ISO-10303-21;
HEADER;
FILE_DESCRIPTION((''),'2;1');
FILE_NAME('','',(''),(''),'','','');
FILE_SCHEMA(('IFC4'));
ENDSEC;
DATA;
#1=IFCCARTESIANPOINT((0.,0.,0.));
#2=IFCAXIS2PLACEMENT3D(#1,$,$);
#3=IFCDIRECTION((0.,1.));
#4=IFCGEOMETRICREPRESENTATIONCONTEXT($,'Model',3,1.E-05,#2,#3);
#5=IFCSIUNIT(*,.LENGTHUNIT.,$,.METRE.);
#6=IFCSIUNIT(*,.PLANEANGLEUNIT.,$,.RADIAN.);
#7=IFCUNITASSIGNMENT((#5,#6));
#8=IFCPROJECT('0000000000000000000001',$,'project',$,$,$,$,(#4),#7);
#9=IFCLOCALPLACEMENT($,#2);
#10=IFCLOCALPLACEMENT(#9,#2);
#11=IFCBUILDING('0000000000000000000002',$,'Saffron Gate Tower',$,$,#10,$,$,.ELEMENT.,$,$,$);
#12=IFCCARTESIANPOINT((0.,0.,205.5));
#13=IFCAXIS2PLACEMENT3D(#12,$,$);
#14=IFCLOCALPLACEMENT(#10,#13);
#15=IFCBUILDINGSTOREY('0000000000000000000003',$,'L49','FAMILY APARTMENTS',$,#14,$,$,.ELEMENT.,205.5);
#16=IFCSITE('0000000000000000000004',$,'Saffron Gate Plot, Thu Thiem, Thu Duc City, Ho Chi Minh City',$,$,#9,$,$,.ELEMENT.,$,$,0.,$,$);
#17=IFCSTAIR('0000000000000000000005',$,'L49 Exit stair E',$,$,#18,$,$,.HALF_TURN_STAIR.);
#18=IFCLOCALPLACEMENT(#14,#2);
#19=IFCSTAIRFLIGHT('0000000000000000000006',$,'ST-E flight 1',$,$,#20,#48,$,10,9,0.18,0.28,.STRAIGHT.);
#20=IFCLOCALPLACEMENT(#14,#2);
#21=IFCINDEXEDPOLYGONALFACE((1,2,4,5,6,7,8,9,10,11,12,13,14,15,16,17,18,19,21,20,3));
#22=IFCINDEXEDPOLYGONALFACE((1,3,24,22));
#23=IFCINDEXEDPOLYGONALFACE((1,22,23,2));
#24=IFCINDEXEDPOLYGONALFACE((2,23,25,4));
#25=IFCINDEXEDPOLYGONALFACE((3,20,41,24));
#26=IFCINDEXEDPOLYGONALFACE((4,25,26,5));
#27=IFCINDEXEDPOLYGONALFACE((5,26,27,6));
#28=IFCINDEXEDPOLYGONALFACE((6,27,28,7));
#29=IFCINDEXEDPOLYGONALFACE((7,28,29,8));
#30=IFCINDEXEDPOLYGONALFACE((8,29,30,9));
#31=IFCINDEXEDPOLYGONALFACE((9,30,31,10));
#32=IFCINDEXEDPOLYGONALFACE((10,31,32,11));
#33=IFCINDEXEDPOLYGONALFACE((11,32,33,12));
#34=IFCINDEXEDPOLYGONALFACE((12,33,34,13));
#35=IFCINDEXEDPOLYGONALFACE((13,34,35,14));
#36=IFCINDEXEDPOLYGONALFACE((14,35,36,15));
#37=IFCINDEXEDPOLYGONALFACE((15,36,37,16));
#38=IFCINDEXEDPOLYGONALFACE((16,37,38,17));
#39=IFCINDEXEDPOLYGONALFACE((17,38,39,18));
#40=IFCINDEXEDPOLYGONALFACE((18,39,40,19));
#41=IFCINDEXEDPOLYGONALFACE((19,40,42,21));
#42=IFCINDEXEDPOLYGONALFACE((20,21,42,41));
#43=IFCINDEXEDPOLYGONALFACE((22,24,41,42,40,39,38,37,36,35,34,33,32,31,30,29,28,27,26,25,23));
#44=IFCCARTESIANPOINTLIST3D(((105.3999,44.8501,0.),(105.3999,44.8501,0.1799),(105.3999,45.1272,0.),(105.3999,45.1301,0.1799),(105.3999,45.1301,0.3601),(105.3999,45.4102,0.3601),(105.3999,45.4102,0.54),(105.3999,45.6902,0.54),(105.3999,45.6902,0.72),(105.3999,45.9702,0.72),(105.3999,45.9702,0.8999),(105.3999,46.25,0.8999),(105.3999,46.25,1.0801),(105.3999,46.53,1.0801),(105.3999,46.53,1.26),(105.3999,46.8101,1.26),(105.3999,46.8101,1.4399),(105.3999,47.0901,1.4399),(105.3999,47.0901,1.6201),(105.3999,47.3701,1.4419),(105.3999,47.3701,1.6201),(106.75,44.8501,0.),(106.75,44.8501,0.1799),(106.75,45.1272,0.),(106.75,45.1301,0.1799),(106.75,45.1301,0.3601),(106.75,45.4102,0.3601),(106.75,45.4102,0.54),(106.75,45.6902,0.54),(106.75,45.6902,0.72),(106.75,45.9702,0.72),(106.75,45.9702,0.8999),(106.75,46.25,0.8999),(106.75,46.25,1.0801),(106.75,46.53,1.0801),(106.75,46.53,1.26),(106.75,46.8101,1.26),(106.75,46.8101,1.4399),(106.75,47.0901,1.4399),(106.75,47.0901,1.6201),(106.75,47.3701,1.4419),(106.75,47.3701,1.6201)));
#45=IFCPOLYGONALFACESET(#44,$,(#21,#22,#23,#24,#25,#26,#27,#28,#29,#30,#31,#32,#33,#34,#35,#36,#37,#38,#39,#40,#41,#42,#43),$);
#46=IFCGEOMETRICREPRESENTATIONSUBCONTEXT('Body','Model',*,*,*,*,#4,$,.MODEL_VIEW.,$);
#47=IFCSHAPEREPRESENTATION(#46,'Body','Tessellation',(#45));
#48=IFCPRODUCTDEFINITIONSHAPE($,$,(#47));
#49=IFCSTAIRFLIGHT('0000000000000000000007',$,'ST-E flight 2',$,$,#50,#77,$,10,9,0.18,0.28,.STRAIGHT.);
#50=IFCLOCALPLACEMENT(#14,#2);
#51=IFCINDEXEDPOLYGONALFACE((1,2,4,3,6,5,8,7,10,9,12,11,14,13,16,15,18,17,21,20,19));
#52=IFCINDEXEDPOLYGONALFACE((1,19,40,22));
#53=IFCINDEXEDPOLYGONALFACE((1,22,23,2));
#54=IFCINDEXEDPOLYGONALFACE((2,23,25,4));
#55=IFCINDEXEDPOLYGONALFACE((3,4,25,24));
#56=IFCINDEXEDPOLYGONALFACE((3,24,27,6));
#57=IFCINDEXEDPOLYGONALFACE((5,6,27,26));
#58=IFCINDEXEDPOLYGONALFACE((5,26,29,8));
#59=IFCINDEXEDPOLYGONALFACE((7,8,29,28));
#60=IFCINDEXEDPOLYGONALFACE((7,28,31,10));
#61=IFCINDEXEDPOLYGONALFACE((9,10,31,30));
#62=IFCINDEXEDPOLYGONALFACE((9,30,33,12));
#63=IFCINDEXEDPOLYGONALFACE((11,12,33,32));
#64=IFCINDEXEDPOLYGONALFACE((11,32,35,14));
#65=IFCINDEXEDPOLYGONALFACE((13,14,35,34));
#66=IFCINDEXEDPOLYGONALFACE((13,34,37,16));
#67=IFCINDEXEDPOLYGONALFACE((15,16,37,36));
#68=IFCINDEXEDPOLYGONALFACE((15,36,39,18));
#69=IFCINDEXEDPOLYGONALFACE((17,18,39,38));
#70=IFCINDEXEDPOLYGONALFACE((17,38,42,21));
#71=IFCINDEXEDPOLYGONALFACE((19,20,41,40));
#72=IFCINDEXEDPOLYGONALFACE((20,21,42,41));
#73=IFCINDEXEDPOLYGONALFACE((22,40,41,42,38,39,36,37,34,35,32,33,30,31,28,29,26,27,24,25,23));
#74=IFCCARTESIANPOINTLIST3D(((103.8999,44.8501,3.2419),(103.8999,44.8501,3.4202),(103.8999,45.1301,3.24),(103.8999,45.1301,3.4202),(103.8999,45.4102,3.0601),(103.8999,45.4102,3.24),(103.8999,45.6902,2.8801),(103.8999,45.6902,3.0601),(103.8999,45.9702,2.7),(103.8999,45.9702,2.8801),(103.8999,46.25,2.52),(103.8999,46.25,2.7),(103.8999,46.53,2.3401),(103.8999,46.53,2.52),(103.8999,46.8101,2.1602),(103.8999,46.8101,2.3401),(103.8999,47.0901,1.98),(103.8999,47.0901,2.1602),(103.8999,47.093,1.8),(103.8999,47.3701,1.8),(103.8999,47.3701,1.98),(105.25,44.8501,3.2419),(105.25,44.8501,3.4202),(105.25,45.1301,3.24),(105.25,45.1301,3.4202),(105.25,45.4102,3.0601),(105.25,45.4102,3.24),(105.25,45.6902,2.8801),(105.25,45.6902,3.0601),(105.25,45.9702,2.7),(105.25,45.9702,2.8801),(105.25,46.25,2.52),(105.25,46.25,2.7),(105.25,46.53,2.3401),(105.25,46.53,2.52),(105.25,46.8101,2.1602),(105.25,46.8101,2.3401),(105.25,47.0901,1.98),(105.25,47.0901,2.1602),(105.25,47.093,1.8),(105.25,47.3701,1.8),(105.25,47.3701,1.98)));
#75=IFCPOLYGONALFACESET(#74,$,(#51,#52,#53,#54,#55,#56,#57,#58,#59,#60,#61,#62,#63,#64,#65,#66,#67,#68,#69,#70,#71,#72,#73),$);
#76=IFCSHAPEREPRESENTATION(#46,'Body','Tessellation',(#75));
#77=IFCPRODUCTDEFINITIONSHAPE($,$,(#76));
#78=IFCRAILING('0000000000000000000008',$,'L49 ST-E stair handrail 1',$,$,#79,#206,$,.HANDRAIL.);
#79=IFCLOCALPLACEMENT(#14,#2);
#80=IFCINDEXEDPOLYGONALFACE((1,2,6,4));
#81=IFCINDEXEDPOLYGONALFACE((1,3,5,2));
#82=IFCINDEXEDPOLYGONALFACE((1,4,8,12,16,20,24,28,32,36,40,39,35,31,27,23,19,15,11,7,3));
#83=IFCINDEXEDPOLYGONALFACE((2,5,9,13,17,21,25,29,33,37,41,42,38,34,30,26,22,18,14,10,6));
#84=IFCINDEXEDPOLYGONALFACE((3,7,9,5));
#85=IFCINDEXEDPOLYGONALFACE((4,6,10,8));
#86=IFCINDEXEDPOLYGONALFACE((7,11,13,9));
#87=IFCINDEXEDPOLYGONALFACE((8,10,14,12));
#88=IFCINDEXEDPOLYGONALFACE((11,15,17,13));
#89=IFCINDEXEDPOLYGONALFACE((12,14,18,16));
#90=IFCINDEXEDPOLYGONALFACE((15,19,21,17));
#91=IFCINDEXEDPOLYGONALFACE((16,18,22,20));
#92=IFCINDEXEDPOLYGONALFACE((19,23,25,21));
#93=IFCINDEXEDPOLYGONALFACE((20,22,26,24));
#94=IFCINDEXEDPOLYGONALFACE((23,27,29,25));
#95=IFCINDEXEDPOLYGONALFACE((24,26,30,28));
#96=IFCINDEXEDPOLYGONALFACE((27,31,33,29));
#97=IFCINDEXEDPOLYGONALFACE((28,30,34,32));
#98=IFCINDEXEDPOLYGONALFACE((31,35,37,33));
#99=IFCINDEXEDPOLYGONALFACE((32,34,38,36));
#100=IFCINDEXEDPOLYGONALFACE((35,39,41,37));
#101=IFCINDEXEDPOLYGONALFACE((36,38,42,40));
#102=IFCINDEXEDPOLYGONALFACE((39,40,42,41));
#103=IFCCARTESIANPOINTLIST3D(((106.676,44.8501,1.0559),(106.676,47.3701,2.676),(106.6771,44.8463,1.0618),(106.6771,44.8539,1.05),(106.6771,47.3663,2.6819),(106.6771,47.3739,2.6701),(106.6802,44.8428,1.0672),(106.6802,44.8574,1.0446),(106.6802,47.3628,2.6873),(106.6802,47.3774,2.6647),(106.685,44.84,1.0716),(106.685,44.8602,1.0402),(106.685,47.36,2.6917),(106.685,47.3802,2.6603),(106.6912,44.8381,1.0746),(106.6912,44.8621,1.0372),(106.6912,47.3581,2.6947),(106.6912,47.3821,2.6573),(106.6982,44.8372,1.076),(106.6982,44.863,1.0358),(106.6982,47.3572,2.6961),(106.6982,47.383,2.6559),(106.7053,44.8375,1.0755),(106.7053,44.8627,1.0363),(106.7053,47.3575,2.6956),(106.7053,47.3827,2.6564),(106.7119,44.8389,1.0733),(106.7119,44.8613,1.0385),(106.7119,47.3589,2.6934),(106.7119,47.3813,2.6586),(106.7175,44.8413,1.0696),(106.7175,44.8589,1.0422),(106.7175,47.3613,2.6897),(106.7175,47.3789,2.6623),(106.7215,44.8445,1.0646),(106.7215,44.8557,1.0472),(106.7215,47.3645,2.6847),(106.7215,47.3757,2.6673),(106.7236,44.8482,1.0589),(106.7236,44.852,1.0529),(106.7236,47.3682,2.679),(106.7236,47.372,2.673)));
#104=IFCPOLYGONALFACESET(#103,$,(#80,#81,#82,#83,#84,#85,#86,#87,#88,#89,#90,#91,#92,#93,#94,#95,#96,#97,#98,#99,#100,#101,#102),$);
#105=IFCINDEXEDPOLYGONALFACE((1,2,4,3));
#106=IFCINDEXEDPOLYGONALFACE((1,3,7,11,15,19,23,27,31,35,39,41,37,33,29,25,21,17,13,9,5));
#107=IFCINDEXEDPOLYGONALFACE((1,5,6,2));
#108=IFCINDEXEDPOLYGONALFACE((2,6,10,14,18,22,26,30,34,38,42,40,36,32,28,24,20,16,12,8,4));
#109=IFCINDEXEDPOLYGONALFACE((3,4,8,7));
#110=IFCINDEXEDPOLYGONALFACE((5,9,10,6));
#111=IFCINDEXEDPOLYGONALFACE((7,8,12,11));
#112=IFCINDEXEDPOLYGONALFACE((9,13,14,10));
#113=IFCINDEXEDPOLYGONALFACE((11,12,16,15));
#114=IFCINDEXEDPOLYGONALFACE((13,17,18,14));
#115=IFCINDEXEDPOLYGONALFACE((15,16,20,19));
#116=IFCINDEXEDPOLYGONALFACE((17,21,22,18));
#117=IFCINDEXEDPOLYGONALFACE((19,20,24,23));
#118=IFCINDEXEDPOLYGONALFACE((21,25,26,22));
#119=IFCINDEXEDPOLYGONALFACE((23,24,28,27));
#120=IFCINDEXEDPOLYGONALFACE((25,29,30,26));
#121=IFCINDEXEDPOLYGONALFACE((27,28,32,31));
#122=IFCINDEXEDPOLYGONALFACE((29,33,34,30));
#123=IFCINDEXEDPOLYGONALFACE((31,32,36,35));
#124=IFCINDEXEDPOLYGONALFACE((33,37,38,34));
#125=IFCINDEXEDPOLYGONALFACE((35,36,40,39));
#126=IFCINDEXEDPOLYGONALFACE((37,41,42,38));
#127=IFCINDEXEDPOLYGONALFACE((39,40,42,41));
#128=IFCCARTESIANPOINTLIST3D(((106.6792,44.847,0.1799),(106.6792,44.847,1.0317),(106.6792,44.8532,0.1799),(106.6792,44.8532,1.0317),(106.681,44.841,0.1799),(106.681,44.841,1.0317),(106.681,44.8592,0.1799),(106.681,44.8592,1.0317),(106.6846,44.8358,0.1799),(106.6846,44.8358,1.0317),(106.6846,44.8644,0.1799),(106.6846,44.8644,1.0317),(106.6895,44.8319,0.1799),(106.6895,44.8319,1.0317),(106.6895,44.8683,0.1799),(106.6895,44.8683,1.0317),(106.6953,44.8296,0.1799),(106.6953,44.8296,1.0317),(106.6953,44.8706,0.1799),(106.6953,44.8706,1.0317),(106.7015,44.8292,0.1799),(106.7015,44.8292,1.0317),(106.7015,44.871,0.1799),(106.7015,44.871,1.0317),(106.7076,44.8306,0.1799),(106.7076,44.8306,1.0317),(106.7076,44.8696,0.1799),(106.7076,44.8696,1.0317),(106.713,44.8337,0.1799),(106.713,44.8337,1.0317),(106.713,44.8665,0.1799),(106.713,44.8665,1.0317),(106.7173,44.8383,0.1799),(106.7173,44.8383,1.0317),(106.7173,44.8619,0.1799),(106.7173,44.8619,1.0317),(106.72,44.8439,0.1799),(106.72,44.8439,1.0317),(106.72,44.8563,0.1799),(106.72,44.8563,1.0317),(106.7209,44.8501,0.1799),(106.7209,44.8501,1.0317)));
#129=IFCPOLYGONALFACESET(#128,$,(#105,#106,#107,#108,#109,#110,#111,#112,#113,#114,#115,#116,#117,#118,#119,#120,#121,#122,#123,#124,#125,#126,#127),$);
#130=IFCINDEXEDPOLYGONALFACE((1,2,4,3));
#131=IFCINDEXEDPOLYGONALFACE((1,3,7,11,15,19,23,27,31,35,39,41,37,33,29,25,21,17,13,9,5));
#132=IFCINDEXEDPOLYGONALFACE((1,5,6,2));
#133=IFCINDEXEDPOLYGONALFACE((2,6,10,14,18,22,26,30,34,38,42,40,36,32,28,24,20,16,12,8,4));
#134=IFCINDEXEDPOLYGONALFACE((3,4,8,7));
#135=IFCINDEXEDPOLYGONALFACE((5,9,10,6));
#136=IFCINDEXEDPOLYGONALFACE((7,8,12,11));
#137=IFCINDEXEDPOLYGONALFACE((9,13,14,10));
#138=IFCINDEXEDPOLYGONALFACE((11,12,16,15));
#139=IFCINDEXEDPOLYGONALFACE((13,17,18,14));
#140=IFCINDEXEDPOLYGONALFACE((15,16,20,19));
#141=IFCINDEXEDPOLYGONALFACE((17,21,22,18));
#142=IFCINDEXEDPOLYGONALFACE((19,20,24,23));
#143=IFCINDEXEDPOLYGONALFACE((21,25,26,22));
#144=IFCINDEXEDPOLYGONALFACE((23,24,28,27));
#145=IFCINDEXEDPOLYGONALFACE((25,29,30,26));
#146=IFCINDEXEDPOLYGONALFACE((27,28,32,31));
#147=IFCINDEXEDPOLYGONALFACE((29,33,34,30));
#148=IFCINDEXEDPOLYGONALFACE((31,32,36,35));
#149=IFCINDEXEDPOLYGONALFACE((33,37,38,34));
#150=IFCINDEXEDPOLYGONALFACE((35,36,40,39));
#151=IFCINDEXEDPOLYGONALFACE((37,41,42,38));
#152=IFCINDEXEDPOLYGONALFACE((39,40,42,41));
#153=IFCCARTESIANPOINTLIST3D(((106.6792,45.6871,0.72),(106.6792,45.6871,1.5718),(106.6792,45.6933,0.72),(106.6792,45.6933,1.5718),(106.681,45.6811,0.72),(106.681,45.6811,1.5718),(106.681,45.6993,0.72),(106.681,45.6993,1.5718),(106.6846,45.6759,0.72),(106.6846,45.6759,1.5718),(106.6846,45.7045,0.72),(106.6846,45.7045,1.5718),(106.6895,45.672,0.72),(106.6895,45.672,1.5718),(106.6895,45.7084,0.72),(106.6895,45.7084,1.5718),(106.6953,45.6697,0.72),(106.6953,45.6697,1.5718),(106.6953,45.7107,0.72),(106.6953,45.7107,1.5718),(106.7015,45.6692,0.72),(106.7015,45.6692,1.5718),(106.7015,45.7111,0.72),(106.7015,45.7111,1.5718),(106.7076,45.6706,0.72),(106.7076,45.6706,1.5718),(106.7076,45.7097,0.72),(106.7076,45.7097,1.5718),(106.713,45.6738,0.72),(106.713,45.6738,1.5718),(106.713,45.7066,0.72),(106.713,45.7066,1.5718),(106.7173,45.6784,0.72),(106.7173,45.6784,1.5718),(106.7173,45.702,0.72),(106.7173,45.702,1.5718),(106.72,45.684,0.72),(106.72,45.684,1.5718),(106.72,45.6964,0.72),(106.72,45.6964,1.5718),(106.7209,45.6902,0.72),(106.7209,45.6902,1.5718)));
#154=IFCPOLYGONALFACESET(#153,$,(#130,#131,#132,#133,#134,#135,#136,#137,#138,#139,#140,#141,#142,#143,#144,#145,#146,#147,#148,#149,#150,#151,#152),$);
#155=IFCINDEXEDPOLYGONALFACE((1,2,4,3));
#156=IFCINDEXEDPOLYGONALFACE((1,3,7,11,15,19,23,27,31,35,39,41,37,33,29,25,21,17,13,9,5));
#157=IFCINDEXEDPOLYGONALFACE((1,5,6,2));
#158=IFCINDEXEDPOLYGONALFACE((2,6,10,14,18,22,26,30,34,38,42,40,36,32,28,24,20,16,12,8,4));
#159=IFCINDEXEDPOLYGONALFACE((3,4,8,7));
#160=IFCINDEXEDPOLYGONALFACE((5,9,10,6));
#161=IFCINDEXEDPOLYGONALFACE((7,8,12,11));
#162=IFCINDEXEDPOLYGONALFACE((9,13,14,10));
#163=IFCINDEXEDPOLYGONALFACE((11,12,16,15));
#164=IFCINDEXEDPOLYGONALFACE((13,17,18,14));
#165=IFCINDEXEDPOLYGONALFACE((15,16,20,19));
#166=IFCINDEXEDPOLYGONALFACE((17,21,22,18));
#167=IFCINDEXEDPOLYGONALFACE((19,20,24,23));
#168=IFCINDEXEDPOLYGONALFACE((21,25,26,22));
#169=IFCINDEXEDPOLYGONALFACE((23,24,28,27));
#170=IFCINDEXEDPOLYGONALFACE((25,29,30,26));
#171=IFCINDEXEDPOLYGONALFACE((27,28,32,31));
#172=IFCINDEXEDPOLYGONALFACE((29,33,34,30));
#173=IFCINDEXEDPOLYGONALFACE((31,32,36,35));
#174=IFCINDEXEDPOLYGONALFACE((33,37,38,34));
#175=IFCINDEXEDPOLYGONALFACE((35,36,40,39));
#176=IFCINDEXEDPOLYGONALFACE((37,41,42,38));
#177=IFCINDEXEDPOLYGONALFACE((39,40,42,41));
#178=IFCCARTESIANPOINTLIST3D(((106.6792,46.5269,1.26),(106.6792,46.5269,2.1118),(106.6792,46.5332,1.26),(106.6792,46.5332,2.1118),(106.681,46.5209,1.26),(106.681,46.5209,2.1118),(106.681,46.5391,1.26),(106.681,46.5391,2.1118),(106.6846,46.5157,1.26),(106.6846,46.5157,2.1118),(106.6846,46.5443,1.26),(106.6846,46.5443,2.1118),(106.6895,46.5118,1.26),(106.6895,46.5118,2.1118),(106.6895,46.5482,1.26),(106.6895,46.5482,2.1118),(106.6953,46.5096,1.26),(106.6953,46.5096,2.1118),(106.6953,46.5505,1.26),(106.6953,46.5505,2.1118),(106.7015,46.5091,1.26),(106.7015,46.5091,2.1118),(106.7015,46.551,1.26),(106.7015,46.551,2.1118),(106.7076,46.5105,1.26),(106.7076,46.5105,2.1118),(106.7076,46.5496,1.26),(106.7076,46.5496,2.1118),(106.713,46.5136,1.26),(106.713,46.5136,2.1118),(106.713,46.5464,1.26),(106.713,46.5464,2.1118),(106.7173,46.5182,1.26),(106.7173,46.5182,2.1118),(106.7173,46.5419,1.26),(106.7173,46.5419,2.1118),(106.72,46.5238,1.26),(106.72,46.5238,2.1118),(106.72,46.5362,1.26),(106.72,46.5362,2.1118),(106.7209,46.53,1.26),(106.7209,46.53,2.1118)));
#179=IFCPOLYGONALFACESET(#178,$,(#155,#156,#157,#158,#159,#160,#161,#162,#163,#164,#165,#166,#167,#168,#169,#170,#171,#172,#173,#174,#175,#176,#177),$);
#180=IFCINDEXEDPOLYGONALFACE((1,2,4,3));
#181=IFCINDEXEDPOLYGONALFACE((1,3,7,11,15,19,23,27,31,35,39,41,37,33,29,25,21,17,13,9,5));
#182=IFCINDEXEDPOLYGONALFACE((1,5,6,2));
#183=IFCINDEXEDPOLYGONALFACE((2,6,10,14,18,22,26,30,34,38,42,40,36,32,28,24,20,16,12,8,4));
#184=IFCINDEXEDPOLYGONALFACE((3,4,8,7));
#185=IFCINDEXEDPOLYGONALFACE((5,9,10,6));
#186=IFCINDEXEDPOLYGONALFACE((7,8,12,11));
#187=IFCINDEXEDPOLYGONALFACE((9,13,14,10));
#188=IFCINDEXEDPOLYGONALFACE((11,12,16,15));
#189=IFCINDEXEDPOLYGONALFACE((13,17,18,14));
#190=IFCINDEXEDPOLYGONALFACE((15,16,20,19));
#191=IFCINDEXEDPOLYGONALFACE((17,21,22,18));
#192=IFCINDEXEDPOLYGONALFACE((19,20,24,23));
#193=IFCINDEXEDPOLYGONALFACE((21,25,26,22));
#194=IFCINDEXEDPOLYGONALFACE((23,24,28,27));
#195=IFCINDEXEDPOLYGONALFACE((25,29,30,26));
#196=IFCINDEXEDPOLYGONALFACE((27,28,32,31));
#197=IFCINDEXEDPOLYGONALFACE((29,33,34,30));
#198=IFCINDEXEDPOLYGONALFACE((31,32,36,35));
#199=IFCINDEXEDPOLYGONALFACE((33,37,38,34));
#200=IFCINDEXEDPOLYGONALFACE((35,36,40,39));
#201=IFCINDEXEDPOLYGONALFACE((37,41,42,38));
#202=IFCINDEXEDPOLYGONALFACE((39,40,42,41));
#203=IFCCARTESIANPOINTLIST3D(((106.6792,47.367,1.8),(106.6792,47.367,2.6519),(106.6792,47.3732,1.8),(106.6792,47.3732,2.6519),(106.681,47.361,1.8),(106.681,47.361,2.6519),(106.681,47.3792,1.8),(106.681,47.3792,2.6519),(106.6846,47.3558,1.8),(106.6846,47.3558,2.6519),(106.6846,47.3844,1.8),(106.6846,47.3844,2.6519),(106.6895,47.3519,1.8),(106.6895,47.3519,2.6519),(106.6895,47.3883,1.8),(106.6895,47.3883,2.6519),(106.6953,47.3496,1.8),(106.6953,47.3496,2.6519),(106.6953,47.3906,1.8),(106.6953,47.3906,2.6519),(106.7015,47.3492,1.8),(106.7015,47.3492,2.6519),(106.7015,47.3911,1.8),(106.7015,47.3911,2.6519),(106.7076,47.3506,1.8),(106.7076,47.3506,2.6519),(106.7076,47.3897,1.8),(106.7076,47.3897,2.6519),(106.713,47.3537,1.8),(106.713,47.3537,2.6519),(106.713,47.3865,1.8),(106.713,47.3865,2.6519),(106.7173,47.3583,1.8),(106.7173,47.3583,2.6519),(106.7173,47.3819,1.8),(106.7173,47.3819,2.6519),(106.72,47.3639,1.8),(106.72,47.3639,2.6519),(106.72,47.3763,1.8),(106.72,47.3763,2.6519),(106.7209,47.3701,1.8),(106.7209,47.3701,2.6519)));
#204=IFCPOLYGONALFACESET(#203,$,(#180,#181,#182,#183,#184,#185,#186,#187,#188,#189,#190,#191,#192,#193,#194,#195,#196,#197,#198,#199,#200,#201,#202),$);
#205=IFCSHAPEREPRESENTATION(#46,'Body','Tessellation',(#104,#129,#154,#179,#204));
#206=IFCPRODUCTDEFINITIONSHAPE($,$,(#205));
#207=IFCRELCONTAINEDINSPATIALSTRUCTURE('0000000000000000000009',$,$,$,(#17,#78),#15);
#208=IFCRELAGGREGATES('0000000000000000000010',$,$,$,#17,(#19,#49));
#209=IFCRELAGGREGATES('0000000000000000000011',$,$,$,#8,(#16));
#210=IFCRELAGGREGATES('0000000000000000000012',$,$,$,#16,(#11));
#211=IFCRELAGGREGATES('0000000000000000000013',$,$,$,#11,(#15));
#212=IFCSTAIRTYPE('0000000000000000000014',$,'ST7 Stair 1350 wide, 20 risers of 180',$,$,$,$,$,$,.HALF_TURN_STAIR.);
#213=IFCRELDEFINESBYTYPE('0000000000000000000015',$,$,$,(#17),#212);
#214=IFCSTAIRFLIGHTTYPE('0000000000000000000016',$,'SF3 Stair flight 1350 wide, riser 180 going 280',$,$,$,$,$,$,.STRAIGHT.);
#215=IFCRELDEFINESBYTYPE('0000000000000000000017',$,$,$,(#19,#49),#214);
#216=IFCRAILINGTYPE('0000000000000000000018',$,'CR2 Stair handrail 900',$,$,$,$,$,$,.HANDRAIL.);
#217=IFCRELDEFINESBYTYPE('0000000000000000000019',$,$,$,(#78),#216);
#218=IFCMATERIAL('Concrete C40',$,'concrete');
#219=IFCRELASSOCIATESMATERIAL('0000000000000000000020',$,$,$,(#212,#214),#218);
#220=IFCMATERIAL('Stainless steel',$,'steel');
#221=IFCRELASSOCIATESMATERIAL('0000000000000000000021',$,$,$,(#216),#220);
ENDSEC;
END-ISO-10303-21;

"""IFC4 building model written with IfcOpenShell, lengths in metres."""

from ifc_helpers import new_model, si_unit, direction, frame, origin, origin_2d, place, context, subcontext, project, spatial, polyline, circle, outline, extrude, material, type_object, element, aggregate, save


model = new_model("IFC4")

# Units and contexts
model_context = context("Model", 3, precision=1e-05, world=origin(), true_north=direction((0.0, 1.0)))
body_context = subcontext(model_context, "Body", "Model", "MODEL_VIEW")
ifc_project = project(units=[si_unit("LENGTHUNIT", "METRE"), si_unit("PLANEANGLEUNIT", "RADIAN")], contexts=[model_context])

# Site, building, storey
site_placement = place(None, origin())
site = spatial("IfcSite", under=ifc_project, at=site_placement, Name="Saffron Gate Plot, Thu Thiem, Thu Duc City, Ho Chi Minh City", CompositionType="ELEMENT", RefElevation=0.0)
building_placement = place(site_placement, origin())
building = spatial("IfcBuilding", under=site, at=building_placement, Name="Saffron Gate Tower", CompositionType="ELEMENT")
storey_placement = place(building_placement, frame((0.0, 0.0, 205.5)))
storey = spatial("IfcBuildingStorey", under=building, at=storey_placement, Name="L49", Description="FAMILY APARTMENTS", CompositionType="ELEMENT", Elevation=205.5)

# Stair, stair flights
ifc_material_1 = material(Name="Concrete C40", Category="concrete")
stair_type = type_object("IfcStairType", Name="ST7 Stair 1350 wide, 20 risers of 180", PredefinedType="HALF_TURN_STAIR", material=ifc_material_1)
stair_placement = place(storey_placement, origin())
stair = element("IfcStair", 1, at=stair_placement, inside=storey, type_object=stair_type, Name="L49 Exit stair E", PredefinedType="HALF_TURN_STAIR")
stair_flight_type = type_object("IfcStairFlightType", Name="SF3 Stair flight 1350 wide, riser 180 going 280", PredefinedType="STRAIGHT", material=ifc_material_1)
stair_flight_1_placement = place(storey_placement, frame((106.075, 44.8501, 0.0), z_axis=(0.0, 0.0, 1.0), x_axis=(0.0, 1.0, 0.0)))
stair_flight_1 = element("IfcStairFlight", 2, at=stair_flight_1_placement, type_object=stair_flight_type, Name="ST-E flight 1", NumberOfRisers=10, NumberOfTreads=9, PredefinedType="STRAIGHT", RiserHeight=0.18, TreadLength=0.28, context=body_context, shape_type="SweptSolid", body=[
    extrude(outline(polyline([(0.0, 0.0), (0.0, 0.1799), (0.28, 0.1799), (0.28, 0.3601), (0.5601, 0.3601), (0.5601, 0.54), (0.8401, 0.54), (0.8401, 0.72), (1.1201, 0.72), (1.1201, 0.8999), (1.3999, 0.8999), (1.3999, 1.0801), (1.6799, 1.0801), (1.6799, 1.26), (1.96, 1.26), (1.96, 1.4399), (2.24, 1.4399), (2.24, 1.6201), (2.52, 1.6201), (2.52, 1.8), (2.52, 1.4419), (0.2771, 0.0), (0.0, 0.0)])), frame((0.0, 0.675, 0.0), z_axis=(0.0, -1.0, 0.0), x_axis=(1.0, 0.0, 0.0)), (0.0, 0.0, 1.0), 1.3501),
])
stair_flight_2_placement = place(storey_placement, frame((104.575, 47.3701, 1.8), z_axis=(0.0, 0.0, 1.0), x_axis=(0.0, -1.0, 0.0)))
stair_flight_2 = element("IfcStairFlight", 3, at=stair_flight_2_placement, type_object=stair_flight_type, Name="ST-E flight 2", NumberOfRisers=10, NumberOfTreads=9, PredefinedType="STRAIGHT", RiserHeight=0.18, TreadLength=0.28, context=body_context, shape_type="SweptSolid", body=[
    extrude(outline(polyline([(0.0, 0.0), (0.0, 0.1799), (0.28, 0.1799), (0.28, 0.3601), (0.5601, 0.3601), (0.5601, 0.54), (0.8401, 0.54), (0.8401, 0.72), (1.1201, 0.72), (1.1201, 0.8999), (1.3999, 0.8999), (1.3999, 1.0801), (1.6799, 1.0801), (1.6799, 1.26), (1.96, 1.26), (1.96, 1.4399), (2.24, 1.4399), (2.24, 1.6201), (2.52, 1.6201), (2.52, 1.8), (2.52, 1.4419), (0.2771, 0.0), (0.0, 0.0)])), frame((0.0, 0.675, 0.0), z_axis=(0.0, -1.0, 0.0), x_axis=(1.0, 0.0, 0.0)), (0.0, 0.0, 1.0), 1.3501),
])
aggregate(stair, [stair_flight_1, stair_flight_2])

# Railing
ifc_material_2 = material(Name="Stainless steel", Category="steel")
railing_type_1 = type_object("IfcRailingType", Name="CR2 Stair handrail 900", PredefinedType="HANDRAIL", material=ifc_material_2)
railing_1_placement = place(storey_placement, frame((106.7, 44.8501, 0.1799)))
element("IfcRailing", 4, at=railing_1_placement, inside=storey, type_object=railing_type_1, Name="L49 ST-E stair handrail 1", PredefinedType="HANDRAIL", context=body_context, shape_type="SweptSolid", body=[
    extrude(circle(Radius=0.0239, at=origin_2d()), frame((0.0, 0.0, 0.876), z_axis=(0.0, 0.841163, 0.540782), x_axis=(-1.0, 0.0, 0.0)), (0.0, 0.0, 1.0), 2.9958),
    extrude(circle(Radius=0.021, at=origin_2d()), origin(), (0.0, 0.0, 1.0), 0.8518),
    extrude(circle(Radius=0.021, at=origin_2d()), frame((0.0, 0.8401, 0.54)), (0.0, 0.0, 1.0), 0.8518),
    extrude(circle(Radius=0.021, at=origin_2d()), frame((0.0, 1.6799, 1.0801)), (0.0, 0.0, 1.0), 0.8518),
    extrude(circle(Radius=0.021, at=origin_2d()), frame((0.0, 2.52, 1.6201)), (0.0, 0.0, 1.0), 0.8518),
])

save(model, "model.ifc")
